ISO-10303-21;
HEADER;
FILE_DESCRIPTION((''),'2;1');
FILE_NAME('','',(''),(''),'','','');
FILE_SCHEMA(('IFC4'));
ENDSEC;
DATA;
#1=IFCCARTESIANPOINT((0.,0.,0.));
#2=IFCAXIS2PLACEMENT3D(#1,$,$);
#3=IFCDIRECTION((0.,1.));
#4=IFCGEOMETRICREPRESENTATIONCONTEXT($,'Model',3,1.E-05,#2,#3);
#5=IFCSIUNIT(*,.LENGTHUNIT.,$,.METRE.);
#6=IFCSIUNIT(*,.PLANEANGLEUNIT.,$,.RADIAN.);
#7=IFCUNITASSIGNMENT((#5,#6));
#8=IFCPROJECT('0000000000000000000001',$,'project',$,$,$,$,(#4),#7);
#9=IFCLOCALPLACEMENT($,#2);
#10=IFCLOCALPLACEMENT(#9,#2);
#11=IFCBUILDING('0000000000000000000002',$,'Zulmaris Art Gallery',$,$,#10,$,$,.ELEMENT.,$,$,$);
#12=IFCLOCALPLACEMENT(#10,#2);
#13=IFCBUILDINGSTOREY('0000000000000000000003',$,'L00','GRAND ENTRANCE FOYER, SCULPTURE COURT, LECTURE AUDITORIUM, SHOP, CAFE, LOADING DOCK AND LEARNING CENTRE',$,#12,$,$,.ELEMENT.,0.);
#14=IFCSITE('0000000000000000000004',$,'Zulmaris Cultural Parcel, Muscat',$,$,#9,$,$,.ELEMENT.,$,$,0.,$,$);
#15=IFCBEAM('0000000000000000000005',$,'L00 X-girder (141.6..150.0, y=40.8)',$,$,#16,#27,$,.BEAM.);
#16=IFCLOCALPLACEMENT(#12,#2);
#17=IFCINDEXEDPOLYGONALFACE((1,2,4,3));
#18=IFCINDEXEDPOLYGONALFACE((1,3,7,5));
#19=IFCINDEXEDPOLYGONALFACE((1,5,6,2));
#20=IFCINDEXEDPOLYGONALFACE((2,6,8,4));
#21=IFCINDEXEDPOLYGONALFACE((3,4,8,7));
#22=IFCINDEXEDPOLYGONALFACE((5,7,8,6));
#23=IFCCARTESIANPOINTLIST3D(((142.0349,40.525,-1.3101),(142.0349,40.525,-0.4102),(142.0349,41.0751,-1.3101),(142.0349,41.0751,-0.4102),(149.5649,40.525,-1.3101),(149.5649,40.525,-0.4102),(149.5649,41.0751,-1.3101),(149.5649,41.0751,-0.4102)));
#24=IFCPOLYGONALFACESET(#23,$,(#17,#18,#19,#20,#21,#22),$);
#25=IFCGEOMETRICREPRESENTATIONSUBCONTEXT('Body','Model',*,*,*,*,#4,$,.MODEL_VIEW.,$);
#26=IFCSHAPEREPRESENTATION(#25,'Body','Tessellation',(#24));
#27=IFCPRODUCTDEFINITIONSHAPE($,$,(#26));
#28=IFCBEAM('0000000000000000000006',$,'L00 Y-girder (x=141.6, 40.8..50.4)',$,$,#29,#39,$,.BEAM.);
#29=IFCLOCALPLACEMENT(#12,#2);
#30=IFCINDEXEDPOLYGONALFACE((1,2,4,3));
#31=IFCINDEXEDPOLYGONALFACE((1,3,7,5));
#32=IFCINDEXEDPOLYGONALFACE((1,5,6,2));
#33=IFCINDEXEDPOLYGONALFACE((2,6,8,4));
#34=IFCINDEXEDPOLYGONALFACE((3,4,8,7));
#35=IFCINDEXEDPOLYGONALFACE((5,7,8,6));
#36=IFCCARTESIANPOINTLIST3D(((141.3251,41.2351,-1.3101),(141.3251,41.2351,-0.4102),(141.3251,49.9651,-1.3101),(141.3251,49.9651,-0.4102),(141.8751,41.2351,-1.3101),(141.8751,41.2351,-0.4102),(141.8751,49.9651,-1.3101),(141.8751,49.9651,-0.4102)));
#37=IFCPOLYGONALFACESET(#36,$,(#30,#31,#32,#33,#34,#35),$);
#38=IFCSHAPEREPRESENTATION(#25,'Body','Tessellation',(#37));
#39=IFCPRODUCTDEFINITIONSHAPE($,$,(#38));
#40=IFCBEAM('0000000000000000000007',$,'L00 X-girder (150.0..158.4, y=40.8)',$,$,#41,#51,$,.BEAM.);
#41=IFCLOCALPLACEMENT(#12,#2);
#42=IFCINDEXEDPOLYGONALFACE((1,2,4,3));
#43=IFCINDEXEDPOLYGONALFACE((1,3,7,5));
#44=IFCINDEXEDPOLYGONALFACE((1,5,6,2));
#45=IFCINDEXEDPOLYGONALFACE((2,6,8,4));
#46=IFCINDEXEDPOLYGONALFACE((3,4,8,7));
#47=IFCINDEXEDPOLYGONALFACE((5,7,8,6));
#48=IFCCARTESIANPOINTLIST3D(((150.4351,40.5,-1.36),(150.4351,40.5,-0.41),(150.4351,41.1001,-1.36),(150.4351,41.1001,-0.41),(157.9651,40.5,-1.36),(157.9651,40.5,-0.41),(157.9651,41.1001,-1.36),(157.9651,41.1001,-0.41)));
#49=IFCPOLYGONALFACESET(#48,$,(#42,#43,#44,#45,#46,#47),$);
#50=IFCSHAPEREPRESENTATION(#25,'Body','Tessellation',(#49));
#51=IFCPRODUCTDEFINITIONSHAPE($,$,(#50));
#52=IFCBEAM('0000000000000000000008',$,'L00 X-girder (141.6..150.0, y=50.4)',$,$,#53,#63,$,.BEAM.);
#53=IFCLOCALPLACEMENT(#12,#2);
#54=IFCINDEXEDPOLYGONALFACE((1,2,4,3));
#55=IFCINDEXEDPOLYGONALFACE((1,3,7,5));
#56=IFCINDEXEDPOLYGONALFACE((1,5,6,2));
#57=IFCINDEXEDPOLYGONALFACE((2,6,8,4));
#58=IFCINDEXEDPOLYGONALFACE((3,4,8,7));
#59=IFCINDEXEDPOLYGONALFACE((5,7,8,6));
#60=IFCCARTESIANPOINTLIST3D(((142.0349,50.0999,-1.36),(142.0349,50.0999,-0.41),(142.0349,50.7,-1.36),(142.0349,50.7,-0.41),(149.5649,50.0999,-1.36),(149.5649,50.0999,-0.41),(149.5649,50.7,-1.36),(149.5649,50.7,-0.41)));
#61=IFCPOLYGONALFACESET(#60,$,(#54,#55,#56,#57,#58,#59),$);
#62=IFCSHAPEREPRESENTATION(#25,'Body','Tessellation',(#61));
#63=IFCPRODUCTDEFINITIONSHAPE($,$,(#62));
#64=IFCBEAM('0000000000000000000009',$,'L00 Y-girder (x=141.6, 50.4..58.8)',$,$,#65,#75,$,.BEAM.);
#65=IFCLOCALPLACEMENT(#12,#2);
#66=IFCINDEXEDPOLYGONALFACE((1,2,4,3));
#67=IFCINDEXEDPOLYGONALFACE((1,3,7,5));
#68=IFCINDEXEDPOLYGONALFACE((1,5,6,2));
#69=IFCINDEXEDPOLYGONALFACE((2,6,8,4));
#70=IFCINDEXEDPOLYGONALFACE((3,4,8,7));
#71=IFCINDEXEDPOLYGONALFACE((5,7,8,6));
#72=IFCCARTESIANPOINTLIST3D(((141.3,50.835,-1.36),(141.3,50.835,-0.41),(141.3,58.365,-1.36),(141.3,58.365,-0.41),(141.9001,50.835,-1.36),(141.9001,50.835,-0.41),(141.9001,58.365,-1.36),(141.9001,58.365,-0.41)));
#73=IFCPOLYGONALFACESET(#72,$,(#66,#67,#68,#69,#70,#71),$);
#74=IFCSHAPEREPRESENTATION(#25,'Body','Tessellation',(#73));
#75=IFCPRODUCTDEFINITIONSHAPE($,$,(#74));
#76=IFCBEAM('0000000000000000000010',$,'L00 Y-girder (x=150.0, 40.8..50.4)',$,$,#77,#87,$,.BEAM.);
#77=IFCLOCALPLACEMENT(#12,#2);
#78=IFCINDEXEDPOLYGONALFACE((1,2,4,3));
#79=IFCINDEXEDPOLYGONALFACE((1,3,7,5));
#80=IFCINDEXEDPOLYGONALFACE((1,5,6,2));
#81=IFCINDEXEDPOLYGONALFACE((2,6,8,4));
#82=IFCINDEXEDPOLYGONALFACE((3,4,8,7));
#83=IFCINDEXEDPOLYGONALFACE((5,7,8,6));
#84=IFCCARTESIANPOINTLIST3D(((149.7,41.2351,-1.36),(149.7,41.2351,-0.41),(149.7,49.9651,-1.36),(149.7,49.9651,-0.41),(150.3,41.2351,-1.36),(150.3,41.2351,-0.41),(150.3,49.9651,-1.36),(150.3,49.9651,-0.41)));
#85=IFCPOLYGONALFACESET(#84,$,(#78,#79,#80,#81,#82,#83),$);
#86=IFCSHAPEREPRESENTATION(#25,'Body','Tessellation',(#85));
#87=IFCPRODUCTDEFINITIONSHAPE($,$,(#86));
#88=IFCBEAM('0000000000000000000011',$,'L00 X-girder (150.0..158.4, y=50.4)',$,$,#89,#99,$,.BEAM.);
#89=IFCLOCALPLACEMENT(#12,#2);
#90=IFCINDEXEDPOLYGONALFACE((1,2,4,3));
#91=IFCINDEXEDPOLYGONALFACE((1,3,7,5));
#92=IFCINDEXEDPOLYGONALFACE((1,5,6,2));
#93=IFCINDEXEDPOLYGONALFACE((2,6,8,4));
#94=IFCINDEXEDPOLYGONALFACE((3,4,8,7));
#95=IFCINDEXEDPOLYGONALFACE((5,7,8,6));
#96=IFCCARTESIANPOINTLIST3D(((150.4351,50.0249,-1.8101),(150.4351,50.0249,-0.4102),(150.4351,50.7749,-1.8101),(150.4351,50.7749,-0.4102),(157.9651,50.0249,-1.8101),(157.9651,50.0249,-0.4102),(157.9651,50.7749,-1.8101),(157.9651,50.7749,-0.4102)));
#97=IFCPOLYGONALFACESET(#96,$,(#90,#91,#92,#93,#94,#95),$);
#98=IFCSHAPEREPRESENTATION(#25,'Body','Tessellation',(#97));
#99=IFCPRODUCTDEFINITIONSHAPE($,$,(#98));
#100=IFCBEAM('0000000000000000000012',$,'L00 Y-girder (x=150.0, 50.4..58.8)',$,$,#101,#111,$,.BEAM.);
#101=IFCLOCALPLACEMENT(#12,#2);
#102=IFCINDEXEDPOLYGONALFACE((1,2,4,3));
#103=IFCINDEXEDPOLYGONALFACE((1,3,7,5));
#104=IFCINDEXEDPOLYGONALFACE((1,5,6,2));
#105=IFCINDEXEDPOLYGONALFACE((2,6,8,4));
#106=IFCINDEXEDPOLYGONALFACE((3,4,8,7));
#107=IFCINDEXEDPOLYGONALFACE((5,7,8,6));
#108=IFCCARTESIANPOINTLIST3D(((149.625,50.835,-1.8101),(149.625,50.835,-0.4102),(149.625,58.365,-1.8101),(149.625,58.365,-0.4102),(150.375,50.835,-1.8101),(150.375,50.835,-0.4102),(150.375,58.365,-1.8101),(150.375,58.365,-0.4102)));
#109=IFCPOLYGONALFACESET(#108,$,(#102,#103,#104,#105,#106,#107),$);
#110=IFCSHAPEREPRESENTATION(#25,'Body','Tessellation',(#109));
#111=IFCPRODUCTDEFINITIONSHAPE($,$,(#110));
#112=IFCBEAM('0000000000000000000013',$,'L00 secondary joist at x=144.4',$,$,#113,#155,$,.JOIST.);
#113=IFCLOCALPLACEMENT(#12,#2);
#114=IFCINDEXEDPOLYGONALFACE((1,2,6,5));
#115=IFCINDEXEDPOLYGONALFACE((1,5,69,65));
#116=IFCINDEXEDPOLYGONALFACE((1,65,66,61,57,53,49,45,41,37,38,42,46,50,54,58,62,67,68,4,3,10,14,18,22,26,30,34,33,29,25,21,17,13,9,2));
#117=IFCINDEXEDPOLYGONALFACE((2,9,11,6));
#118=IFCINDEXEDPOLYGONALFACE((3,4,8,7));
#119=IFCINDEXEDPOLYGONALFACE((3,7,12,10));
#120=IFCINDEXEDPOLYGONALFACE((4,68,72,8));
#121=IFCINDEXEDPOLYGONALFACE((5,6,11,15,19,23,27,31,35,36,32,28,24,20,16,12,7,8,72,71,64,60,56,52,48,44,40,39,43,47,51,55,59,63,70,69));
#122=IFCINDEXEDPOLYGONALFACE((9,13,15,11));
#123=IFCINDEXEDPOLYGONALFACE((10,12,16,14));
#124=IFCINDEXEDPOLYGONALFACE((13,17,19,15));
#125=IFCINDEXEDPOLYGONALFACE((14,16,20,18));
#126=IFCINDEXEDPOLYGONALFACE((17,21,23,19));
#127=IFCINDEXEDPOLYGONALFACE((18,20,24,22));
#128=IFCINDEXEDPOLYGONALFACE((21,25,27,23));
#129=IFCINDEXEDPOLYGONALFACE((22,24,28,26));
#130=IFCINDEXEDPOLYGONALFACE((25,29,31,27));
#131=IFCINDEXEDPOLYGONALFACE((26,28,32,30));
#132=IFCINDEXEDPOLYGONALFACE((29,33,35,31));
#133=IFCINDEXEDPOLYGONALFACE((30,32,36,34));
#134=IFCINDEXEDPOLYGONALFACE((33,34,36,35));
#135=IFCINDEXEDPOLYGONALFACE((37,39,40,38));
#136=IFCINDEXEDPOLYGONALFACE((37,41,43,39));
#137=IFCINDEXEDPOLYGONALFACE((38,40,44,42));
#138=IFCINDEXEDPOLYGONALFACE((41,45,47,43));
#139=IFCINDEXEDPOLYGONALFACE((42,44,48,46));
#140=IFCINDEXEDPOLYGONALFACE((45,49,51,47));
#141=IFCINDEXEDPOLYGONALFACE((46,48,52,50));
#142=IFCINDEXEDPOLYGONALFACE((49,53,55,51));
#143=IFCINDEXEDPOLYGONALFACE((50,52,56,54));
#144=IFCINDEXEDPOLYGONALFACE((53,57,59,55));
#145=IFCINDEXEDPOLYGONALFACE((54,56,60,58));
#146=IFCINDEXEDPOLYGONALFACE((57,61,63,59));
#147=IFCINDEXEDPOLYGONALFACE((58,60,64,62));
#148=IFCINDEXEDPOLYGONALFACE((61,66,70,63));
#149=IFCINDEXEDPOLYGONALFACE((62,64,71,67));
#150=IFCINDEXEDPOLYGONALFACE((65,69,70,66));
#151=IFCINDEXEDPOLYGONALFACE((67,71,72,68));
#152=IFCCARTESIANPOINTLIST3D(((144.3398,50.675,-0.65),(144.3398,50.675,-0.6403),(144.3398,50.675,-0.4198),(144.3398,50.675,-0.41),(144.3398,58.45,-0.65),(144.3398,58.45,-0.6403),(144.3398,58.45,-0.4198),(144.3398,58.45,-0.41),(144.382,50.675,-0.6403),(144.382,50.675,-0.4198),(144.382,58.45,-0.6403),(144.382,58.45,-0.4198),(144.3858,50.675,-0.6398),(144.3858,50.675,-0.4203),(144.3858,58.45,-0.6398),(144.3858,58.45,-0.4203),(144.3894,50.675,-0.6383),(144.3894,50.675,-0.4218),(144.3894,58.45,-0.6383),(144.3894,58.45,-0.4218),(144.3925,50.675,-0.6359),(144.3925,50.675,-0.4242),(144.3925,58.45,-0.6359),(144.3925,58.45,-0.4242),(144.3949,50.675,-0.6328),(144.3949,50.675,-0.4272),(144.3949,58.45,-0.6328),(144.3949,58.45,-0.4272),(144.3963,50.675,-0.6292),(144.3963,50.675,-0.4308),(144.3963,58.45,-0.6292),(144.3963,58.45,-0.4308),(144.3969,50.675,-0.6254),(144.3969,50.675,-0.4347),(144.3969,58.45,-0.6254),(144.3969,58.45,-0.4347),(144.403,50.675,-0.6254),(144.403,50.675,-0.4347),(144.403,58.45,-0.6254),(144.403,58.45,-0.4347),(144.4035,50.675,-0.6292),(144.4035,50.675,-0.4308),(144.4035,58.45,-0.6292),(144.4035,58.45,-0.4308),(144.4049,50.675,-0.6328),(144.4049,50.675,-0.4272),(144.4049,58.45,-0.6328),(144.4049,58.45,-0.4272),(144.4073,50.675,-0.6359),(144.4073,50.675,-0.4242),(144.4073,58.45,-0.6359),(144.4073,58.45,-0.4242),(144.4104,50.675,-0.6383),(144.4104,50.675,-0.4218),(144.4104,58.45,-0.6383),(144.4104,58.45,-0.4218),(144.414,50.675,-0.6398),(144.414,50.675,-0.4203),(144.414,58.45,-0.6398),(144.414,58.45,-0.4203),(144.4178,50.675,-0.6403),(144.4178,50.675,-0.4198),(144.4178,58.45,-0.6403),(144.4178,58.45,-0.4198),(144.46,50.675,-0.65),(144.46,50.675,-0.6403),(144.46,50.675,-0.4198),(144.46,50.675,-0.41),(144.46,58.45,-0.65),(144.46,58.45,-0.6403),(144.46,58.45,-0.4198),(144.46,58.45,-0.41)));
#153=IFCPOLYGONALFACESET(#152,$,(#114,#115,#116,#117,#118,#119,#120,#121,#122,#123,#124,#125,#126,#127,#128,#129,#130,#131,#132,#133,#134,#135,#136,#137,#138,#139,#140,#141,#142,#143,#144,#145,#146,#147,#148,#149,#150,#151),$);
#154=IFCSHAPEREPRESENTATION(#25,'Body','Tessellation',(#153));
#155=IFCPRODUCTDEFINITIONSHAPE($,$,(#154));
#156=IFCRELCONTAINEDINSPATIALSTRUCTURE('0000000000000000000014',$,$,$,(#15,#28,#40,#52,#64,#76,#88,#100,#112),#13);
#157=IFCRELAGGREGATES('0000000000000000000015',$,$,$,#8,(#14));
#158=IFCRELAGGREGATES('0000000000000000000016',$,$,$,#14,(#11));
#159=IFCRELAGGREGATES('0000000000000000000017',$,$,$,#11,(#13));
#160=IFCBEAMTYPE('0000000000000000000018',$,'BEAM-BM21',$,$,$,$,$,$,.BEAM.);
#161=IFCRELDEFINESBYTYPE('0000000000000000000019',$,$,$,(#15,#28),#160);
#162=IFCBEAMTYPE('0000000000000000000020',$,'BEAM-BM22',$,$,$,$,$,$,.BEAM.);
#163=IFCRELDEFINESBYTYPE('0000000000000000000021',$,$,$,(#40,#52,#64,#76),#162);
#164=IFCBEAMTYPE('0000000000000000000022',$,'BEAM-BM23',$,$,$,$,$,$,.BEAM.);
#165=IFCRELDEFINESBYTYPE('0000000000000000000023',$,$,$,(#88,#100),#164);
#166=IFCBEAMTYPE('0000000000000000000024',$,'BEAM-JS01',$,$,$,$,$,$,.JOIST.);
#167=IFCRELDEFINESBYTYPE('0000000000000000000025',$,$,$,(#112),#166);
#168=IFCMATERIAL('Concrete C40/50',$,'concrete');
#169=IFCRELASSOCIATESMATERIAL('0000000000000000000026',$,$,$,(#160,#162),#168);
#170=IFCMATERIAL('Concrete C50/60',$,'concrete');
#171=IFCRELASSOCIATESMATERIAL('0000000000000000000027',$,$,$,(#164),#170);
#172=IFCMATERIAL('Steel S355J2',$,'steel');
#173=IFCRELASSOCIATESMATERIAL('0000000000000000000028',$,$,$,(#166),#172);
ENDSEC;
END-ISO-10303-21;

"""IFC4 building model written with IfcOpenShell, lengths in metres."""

from ifc_helpers import new_model, si_unit, direction, frame, origin, origin_2d, place, context, subcontext, project, spatial, rectangle, i_section, extrude, material, material_profile, profile_set, type_object, element, save


model = new_model("IFC4")

# Units and contexts
model_context = context("Model", 3, precision=1e-05, world=origin(), true_north=direction((0.0, 1.0)))
body_context = subcontext(model_context, "Body", "Model", "MODEL_VIEW")
ifc_project = project(units=[si_unit("LENGTHUNIT", "METRE"), si_unit("PLANEANGLEUNIT", "RADIAN")], contexts=[model_context])

# Site, building, storey
site_placement = place(None, origin())
site = spatial("IfcSite", under=ifc_project, at=site_placement, Name="Zulmaris Cultural Parcel, Muscat", CompositionType="ELEMENT", RefElevation=0.0)
building_placement = place(site_placement, origin())
building = spatial("IfcBuilding", under=site, at=building_placement, Name="Zulmaris Art Gallery", CompositionType="ELEMENT")
storey_placement = place(building_placement, origin())
storey = spatial("IfcBuildingStorey", under=building, at=storey_placement, Name="L00", Description="GRAND ENTRANCE FOYER, SCULPTURE COURT, LECTURE AUDITORIUM, SHOP, CAFE, LOADING DOCK AND LEARNING CENTRE", CompositionType="ELEMENT", Elevation=0.0)

# Shared definitions
ifc_material_1 = material(Name="Concrete C40/50", Category="concrete")

# Shared definitions
ifc_material_2 = material(Name="Concrete C50/60", Category="concrete")

# Beams
ifc_material_profile_1 = material_profile(ifc_material_1, rectangle(XDim=0.55, YDim=0.8999, at=origin_2d()), Name="RC 550x900")
ifc_profile_set_1 = profile_set([ifc_material_profile_1], Name="Concrete C40/50")
beam_type_1 = type_object("IfcBeamType", Name="BEAM-BM21", PredefinedType="BEAM", material=ifc_profile_set_1)
beam_1_placement = place(storey_placement, frame((142.0349, 40.8, -0.8601), z_axis=(1.0, 0.0, 0.0), x_axis=(0.0, 1.0, 0.0)))
element("IfcBeam", 1, at=beam_1_placement, inside=storey, type_object=beam_type_1, Name="L00 X-girder (141.6..150.0, y=40.8)", PredefinedType="BEAM", context=body_context, shape_type="SweptSolid", body=[
    extrude(rectangle(XDim=0.55, YDim=0.8999, at=origin_2d()), origin(), (0.0, 0.0, 1.0), 7.53),
])
beam_2_placement = place(storey_placement, frame((141.6001, 41.2351, -0.8601), z_axis=(0.0, 1.0, 0.0), x_axis=(-1.0, 0.0, 0.0)))
element("IfcBeam", 2, at=beam_2_placement, inside=storey, type_object=beam_type_1, Name="L00 Y-girder (x=141.6, 40.8..50.4)", PredefinedType="BEAM", context=body_context, shape_type="SweptSolid", body=[
    extrude(rectangle(XDim=0.55, YDim=0.8999, at=origin_2d()), origin(), (0.0, 0.0, 1.0), 8.73),
])
ifc_material_profile_2 = material_profile(ifc_material_1, rectangle(XDim=0.6001, YDim=0.95, at=origin_2d()), Name="RC 600x950")
ifc_profile_set_2 = profile_set([ifc_material_profile_2], Name="Concrete C40/50")
beam_type_2 = type_object("IfcBeamType", Name="BEAM-BM22", PredefinedType="BEAM", material=ifc_profile_set_2)
for number, where, z_axis, x_axis, name in (
    (3, (150.4351, 40.8, -0.885), (1.0, 0.0, 0.0), (0.0, 1.0, 0.0), "L00 X-girder (150.0..158.4, y=40.8)"),
    (4, (142.0349, 50.3999, -0.885), (1.0, 0.0, 0.0), (0.0, 1.0, 0.0), "L00 X-girder (141.6..150.0, y=50.4)"),
    (5, (141.6001, 50.835, -0.885), (0.0, 1.0, 0.0), (-1.0, 0.0, 0.0), "L00 Y-girder (x=141.6, 50.4..58.8)"),
):
    element("IfcBeam", number, at=place(storey_placement, frame(where, z_axis=z_axis, x_axis=x_axis)), inside=storey, type_object=beam_type_2, Name=name, PredefinedType="BEAM", context=body_context, shape_type="SweptSolid", body=[
        extrude(rectangle(XDim=0.6001, YDim=0.95, at=origin_2d()), origin(), (0.0, 0.0, 1.0), 7.53),
    ])
beam_3_placement = place(storey_placement, frame((150.0, 41.2351, -0.885), z_axis=(0.0, 1.0, 0.0), x_axis=(-1.0, 0.0, 0.0)))
element("IfcBeam", 6, at=beam_3_placement, inside=storey, type_object=beam_type_2, Name="L00 Y-girder (x=150.0, 40.8..50.4)", PredefinedType="BEAM", context=body_context, shape_type="SweptSolid", body=[
    extrude(rectangle(XDim=0.6001, YDim=0.95, at=origin_2d()), origin(), (0.0, 0.0, 1.0), 8.73),
])
ifc_material_profile_3 = material_profile(ifc_material_2, rectangle(XDim=0.75, YDim=1.3999, at=origin_2d()), Name="RC 750x1400")
ifc_profile_set_3 = profile_set([ifc_material_profile_3], Name="Concrete C50/60")
beam_type_3 = type_object("IfcBeamType", Name="BEAM-BM23", PredefinedType="BEAM", material=ifc_profile_set_3)
for number, where, z_axis, x_axis, name in (
    (7, (150.4351, 50.3999, -1.1101), (1.0, 0.0, 0.0), (0.0, 1.0, 0.0), "L00 X-girder (150.0..158.4, y=50.4)"),
    (8, (150.0, 50.835, -1.1101), (0.0, 1.0, 0.0), (-1.0, 0.0, 0.0), "L00 Y-girder (x=150.0, 50.4..58.8)"),
):
    element("IfcBeam", number, at=place(storey_placement, frame(where, z_axis=z_axis, x_axis=x_axis)), inside=storey, type_object=beam_type_3, Name=name, PredefinedType="BEAM", context=body_context, shape_type="SweptSolid", body=[
        extrude(rectangle(XDim=0.75, YDim=1.3999, at=origin_2d()), origin(), (0.0, 0.0, 1.0), 7.53),
    ])
ifc_material_3 = material(Name="Steel S355J2", Category="steel")
ifc_material_profile_4 = material_profile(ifc_material_3, i_section(OverallWidth=0.1201, OverallDepth=0.24, WebThickness=0.0061, FlangeThickness=0.0098, FilletRadius=0.0149, at=origin_2d()), Name="IPE 240")
ifc_profile_set_4 = profile_set([ifc_material_profile_4], Name="Steel S355J2")
beam_type_4 = type_object("IfcBeamType", Name="BEAM-JS01", PredefinedType="JOIST", material=ifc_profile_set_4)
beam_4_placement = place(storey_placement, frame((144.3999, 50.675, -0.53), z_axis=(0.0, 1.0, 0.0), x_axis=(-1.0, 0.0, 0.0)))
element("IfcBeam", 9, at=beam_4_placement, inside=storey, type_object=beam_type_4, Name="L00 secondary joist at x=144.4", PredefinedType="JOIST", context=body_context, shape_type="SweptSolid", body=[
    extrude(i_section(OverallWidth=0.1201, OverallDepth=0.24, WebThickness=0.0061, FlangeThickness=0.0098, FilletRadius=0.0149, at=origin_2d()), origin(), (0.0, 0.0, 1.0), 7.7749),
])

save(model, "model.ifc")
